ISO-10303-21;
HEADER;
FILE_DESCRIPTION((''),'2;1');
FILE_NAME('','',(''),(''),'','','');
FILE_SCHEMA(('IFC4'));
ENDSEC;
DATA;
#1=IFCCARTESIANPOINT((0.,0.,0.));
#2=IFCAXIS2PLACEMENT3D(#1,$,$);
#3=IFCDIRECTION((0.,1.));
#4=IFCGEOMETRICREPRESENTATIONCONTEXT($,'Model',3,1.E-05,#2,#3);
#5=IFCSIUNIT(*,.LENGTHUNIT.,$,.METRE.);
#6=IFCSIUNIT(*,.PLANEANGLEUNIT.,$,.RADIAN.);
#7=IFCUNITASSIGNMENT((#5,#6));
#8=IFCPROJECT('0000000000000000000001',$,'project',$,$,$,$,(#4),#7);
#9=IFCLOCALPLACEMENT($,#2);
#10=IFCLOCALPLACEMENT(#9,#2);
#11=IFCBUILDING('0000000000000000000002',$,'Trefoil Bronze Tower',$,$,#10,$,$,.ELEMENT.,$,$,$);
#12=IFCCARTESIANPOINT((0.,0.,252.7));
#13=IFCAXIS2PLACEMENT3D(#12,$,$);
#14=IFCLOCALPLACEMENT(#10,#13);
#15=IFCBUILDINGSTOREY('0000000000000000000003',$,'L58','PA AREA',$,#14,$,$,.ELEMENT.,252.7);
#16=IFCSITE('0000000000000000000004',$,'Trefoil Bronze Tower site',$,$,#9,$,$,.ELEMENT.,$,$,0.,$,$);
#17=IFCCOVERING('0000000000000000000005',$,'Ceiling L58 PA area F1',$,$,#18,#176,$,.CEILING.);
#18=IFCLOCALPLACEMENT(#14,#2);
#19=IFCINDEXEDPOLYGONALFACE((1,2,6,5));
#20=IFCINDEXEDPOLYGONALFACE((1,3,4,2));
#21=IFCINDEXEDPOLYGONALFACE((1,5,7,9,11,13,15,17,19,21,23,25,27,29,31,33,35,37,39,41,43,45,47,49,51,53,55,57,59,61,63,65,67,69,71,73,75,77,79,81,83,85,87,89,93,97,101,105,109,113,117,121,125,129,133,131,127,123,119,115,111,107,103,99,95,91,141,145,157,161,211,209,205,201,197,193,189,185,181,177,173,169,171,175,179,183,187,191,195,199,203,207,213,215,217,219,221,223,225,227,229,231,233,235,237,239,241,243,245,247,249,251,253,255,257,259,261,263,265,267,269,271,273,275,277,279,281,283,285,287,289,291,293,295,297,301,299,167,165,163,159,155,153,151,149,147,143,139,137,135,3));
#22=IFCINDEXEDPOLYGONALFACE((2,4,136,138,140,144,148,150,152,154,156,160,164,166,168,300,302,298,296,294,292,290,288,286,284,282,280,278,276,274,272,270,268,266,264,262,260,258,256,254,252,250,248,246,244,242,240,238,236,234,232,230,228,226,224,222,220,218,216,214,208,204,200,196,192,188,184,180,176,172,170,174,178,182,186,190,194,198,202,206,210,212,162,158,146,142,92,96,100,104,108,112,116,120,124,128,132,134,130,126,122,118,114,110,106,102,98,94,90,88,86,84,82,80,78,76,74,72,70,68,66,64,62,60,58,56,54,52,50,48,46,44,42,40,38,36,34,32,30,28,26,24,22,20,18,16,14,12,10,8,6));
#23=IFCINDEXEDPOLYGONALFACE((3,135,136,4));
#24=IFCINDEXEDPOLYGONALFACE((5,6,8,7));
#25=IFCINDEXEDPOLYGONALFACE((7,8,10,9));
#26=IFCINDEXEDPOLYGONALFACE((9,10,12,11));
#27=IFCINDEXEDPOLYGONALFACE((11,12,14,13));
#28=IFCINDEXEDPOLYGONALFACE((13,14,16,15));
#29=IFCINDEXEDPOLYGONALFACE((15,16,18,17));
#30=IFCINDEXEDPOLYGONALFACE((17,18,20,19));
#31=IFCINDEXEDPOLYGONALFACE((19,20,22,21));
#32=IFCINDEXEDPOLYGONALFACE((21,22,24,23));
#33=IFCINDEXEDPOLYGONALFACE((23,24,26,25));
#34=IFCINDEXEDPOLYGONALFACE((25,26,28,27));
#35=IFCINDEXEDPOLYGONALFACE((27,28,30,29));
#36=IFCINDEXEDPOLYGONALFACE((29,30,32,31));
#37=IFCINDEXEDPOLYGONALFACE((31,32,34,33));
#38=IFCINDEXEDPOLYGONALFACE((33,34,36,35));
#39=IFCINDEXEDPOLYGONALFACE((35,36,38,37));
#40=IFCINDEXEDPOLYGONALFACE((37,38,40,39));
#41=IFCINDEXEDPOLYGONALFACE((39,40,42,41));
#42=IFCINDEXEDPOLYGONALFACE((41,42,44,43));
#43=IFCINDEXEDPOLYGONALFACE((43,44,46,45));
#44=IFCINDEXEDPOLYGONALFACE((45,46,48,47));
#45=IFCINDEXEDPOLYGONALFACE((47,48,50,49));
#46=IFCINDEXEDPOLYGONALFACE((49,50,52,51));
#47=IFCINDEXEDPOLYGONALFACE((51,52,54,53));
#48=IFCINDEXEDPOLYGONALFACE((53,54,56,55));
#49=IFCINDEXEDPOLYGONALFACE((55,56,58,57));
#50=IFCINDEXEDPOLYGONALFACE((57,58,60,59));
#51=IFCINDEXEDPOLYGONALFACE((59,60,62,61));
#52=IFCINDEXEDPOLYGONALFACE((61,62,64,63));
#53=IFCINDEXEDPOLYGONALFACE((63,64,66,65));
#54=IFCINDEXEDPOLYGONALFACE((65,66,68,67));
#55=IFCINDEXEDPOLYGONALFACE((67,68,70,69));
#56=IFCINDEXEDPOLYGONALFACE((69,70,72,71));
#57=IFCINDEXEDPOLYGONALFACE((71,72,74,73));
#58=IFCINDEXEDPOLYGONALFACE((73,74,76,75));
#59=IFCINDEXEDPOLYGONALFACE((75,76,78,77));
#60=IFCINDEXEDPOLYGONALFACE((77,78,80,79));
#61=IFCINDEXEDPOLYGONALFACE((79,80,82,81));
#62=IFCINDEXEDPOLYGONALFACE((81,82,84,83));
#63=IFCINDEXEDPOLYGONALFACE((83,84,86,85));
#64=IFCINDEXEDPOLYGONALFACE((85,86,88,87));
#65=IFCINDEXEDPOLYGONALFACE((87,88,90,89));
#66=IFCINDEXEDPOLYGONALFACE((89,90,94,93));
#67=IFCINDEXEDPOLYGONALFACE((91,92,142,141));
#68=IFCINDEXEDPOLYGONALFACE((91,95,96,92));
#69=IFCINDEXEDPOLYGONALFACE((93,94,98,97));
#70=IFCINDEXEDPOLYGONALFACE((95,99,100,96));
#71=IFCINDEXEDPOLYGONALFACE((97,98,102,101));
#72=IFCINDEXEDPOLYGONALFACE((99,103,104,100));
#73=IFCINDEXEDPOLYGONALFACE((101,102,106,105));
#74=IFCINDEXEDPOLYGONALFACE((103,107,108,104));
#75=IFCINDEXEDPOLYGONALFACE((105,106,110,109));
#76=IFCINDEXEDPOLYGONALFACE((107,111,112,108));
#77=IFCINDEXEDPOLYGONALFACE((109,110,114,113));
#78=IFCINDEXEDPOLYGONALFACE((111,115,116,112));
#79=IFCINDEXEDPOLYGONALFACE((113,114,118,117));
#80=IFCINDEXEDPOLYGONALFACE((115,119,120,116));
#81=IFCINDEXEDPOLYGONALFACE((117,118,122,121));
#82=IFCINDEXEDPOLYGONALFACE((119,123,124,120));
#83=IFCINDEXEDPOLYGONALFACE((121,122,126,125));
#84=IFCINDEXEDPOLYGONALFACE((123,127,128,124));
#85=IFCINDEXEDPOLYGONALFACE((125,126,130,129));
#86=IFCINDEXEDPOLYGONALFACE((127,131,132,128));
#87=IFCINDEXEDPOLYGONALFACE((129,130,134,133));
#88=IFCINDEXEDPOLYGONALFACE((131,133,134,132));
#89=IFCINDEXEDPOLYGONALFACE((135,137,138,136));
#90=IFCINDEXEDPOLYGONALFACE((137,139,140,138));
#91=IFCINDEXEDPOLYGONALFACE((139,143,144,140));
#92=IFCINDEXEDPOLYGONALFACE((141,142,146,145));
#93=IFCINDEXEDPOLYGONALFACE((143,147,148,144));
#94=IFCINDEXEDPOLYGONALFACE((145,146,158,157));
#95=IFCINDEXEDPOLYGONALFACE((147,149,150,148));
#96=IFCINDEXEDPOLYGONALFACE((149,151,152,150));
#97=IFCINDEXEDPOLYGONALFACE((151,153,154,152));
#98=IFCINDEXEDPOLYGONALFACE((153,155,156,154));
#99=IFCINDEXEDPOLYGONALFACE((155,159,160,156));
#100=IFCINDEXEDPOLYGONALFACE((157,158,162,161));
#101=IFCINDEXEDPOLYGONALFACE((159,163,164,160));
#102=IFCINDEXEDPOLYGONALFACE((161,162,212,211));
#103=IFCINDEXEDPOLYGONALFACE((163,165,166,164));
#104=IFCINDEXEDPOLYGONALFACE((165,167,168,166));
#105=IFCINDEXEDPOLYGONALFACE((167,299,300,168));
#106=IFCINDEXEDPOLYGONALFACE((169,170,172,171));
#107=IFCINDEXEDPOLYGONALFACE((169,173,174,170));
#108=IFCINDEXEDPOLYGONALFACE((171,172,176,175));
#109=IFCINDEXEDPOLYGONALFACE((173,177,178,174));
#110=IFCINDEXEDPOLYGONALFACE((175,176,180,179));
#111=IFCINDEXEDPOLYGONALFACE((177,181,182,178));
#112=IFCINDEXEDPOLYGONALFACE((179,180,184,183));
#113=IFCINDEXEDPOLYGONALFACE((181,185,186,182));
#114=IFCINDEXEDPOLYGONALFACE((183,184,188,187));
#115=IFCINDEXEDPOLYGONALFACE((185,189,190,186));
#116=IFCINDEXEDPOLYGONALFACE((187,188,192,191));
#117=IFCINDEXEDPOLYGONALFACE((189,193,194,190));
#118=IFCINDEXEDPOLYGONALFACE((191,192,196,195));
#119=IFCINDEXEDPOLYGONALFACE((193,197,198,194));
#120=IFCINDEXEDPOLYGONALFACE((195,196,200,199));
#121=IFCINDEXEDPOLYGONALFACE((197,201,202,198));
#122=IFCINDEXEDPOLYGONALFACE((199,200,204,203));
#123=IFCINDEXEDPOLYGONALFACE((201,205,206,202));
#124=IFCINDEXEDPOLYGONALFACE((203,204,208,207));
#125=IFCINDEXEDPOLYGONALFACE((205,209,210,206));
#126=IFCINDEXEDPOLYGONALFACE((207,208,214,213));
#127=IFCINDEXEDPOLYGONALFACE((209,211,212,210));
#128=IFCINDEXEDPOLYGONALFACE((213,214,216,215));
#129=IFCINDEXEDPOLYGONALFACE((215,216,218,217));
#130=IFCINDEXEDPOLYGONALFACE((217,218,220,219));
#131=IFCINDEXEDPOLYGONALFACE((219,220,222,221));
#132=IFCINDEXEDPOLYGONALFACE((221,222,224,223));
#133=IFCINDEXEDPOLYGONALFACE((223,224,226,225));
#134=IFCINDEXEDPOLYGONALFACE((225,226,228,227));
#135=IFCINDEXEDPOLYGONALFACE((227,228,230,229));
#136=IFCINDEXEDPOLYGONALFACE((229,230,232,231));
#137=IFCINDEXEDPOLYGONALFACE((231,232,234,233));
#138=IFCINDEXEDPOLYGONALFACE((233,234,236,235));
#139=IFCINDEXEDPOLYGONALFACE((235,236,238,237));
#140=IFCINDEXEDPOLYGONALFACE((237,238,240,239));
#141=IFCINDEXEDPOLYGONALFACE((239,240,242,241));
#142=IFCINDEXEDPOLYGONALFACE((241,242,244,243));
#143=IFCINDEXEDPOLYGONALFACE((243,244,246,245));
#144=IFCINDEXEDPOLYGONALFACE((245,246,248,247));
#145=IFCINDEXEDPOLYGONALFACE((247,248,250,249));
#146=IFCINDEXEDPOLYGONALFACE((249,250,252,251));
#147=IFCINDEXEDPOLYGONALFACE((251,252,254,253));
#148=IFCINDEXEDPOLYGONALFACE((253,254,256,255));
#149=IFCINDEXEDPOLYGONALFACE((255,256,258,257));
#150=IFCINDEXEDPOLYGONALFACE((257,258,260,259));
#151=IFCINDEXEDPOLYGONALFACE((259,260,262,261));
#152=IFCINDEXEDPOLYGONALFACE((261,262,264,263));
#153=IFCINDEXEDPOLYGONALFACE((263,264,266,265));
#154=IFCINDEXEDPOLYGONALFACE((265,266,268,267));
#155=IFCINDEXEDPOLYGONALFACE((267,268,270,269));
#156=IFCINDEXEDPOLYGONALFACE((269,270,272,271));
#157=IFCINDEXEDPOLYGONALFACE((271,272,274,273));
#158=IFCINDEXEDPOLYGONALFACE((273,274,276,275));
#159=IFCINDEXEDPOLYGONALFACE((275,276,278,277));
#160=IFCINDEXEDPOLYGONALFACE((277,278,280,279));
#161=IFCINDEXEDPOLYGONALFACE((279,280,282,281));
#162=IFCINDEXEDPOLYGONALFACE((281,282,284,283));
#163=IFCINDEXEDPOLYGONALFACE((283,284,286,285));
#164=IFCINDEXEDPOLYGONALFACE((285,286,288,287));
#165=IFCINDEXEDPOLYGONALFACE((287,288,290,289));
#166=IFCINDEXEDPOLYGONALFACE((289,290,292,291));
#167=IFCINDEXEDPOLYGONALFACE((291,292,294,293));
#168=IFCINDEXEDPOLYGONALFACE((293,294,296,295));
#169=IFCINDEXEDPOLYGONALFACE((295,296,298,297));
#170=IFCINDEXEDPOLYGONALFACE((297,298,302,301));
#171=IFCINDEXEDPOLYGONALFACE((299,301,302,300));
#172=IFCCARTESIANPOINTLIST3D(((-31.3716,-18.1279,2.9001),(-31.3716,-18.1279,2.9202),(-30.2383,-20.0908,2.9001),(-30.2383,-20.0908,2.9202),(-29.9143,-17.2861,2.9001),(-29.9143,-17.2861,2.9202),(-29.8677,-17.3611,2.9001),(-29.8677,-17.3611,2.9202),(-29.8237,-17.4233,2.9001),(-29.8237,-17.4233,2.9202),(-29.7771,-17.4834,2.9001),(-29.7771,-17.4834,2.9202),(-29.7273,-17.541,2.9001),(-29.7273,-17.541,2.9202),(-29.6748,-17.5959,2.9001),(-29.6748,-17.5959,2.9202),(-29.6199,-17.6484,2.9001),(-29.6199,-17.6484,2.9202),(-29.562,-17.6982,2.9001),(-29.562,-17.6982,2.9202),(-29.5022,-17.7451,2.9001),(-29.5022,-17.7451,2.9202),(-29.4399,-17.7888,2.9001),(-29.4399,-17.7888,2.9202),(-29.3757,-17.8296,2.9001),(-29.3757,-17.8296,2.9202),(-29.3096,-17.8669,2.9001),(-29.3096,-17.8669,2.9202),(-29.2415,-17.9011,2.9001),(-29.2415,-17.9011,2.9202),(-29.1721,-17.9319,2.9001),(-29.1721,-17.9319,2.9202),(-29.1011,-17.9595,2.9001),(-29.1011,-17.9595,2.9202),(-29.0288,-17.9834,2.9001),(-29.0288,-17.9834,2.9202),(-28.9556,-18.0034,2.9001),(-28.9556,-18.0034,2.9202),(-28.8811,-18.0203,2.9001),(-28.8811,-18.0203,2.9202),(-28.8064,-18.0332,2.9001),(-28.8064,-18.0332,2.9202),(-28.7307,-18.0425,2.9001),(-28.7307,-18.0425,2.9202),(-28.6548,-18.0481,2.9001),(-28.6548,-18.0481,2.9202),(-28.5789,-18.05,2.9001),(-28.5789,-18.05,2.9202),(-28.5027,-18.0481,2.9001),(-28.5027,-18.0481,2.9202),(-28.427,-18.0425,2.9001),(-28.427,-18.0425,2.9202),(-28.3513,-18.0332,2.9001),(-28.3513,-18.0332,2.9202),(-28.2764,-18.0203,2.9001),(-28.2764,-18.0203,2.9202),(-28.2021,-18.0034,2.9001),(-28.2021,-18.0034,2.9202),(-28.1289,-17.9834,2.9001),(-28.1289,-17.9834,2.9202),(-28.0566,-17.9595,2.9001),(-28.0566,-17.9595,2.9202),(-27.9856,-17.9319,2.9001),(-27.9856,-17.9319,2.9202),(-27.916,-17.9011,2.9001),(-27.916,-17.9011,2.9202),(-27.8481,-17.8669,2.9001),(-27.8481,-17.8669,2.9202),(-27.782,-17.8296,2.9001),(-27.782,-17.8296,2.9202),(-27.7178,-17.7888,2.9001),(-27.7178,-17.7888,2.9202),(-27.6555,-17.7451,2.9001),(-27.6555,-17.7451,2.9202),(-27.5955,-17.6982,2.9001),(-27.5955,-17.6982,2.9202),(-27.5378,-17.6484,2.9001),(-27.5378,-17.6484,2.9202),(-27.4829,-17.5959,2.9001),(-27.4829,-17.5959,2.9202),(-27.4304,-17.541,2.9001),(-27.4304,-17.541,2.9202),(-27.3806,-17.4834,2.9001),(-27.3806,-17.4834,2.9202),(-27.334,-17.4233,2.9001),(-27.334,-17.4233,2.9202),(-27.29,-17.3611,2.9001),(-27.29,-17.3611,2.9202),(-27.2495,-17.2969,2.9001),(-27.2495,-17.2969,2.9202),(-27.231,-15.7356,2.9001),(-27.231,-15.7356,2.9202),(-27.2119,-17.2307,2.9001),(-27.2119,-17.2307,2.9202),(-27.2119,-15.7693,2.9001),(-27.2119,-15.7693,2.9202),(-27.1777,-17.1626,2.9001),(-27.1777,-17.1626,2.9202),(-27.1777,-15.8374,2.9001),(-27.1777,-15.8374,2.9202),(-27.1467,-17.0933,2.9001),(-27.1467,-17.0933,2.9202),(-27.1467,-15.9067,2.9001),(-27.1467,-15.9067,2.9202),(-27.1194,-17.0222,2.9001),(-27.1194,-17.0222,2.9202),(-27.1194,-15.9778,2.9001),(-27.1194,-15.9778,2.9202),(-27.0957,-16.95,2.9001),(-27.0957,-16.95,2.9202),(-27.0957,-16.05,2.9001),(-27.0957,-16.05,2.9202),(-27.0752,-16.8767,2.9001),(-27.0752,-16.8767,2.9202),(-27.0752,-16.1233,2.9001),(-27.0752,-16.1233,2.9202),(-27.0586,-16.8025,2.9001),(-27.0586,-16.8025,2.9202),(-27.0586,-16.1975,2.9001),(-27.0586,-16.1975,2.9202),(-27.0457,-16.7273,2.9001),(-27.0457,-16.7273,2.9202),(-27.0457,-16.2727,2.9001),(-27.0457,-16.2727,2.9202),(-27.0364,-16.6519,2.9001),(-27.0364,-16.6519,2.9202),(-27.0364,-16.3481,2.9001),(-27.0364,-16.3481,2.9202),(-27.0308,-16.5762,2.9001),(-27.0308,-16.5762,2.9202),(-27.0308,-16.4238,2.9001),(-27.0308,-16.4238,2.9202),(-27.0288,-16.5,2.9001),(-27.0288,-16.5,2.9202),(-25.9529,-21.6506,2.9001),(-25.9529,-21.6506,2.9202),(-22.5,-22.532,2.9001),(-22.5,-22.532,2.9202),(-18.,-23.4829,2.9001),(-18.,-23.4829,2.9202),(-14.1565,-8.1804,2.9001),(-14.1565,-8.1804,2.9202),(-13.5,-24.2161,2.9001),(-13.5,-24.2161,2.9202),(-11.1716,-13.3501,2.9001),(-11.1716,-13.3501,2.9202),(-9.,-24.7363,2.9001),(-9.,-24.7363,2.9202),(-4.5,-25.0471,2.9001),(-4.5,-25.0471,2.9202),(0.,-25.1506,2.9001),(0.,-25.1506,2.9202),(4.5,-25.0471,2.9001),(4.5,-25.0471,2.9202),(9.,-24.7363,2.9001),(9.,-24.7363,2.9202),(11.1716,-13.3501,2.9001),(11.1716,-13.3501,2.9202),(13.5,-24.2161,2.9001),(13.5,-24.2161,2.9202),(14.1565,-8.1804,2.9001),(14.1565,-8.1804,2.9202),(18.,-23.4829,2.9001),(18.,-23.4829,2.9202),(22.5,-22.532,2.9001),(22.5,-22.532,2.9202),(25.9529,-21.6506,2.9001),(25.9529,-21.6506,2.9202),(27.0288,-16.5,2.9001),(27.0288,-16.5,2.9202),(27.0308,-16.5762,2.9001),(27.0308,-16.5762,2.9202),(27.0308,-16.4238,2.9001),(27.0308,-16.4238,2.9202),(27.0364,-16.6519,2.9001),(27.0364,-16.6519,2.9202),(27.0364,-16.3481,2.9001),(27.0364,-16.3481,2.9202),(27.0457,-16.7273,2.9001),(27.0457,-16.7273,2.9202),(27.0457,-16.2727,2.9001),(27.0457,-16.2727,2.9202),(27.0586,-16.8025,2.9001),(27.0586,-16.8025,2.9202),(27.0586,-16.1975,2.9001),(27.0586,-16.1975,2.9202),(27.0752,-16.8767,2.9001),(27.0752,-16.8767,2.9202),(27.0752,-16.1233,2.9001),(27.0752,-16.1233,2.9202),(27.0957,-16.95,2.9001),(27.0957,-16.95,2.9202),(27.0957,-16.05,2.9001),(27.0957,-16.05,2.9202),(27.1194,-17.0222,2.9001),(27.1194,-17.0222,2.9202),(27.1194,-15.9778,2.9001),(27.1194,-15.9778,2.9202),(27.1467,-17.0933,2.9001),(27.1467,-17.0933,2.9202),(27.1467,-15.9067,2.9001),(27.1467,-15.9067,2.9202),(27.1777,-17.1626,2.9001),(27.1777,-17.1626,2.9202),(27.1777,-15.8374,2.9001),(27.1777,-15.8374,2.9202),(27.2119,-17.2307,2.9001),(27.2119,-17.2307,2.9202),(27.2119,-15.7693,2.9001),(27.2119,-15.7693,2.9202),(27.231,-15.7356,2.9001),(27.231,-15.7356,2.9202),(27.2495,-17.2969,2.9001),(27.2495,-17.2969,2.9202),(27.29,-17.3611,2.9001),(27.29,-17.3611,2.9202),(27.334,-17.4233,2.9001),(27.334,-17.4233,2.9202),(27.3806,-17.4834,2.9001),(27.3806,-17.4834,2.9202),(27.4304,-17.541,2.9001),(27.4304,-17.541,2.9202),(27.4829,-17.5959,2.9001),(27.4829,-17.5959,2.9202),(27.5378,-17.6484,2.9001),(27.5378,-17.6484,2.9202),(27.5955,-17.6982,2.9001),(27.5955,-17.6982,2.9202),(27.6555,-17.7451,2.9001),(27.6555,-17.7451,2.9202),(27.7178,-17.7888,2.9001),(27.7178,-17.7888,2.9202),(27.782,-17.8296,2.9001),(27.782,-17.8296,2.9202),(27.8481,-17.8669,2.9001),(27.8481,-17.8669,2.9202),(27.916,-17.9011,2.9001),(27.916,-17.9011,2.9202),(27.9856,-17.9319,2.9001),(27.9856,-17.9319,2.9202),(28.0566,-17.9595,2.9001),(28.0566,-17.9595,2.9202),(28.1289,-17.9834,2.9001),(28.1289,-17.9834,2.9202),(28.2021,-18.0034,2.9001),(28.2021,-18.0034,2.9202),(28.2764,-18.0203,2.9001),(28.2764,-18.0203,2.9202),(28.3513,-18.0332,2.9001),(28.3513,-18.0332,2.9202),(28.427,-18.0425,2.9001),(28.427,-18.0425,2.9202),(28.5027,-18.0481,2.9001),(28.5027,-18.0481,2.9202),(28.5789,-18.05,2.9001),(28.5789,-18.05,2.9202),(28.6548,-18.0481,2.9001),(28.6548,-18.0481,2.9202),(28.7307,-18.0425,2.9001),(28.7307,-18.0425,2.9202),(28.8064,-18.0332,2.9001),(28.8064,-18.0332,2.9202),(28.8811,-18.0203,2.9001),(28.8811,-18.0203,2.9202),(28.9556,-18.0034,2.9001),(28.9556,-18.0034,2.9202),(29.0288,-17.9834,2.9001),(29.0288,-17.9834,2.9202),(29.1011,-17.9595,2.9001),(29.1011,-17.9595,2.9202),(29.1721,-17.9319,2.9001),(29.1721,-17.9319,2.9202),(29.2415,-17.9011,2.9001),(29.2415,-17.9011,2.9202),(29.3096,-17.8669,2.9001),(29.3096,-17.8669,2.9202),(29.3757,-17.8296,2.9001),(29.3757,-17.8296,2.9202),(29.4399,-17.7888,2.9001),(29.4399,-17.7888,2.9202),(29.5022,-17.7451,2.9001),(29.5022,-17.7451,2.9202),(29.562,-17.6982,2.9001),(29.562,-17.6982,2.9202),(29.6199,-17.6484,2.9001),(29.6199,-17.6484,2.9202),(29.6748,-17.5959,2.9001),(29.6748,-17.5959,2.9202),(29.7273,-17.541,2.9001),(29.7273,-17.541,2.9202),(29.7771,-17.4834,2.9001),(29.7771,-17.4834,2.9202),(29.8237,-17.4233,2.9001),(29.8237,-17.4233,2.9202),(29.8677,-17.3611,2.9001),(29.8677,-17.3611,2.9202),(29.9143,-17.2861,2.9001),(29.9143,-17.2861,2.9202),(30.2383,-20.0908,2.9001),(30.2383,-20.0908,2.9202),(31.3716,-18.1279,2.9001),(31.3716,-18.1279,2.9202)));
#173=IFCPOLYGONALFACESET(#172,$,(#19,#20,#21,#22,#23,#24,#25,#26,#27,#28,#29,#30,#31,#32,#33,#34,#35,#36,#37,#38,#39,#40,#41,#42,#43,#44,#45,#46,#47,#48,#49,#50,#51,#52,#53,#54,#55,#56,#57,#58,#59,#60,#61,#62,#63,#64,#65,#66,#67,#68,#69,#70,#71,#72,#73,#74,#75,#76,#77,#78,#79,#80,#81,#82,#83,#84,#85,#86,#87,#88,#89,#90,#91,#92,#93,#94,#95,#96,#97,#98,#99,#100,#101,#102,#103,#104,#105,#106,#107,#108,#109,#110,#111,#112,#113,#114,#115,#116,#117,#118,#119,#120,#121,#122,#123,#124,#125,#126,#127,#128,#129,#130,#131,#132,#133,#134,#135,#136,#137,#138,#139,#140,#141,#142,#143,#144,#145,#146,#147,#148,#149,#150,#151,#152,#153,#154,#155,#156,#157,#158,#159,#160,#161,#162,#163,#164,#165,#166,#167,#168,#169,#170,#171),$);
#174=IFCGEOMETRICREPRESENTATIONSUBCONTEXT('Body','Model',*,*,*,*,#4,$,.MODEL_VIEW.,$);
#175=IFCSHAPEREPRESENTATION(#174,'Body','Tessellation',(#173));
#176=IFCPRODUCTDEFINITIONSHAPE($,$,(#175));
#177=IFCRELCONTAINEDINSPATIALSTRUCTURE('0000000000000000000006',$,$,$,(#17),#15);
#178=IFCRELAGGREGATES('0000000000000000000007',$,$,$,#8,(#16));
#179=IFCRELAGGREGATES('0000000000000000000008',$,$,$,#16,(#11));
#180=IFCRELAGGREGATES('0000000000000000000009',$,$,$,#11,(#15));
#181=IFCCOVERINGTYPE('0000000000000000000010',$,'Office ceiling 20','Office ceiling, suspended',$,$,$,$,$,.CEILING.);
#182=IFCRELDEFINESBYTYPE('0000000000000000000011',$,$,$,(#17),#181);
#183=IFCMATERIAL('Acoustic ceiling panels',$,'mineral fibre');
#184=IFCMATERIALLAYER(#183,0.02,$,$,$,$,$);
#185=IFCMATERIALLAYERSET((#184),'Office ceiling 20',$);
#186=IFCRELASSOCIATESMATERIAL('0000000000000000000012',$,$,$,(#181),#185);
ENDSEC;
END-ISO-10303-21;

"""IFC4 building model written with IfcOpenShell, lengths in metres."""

from ifc_helpers import new_model, si_unit, direction, frame, origin, place, context, subcontext, project, spatial, polyline, outline, extrude, material, layer, layer_set, type_object, element, save


model = new_model("IFC4")

# Units and contexts
model_context = context("Model", 3, precision=1e-05, world=origin(), true_north=direction((0.0, 1.0)))
body_context = subcontext(model_context, "Body", "Model", "MODEL_VIEW")
ifc_project = project(units=[si_unit("LENGTHUNIT", "METRE"), si_unit("PLANEANGLEUNIT", "RADIAN")], contexts=[model_context])

# Site, building, storey
site_placement = place(None, origin())
site = spatial("IfcSite", under=ifc_project, at=site_placement, Name="Trefoil Bronze Tower site", CompositionType="ELEMENT", RefElevation=0.0)
building_placement = place(site_placement, origin())
building = spatial("IfcBuilding", under=site, at=building_placement, Name="Trefoil Bronze Tower", CompositionType="ELEMENT")
storey_placement = place(building_placement, frame((0.0, 0.0, 252.7)))
storey = spatial("IfcBuildingStorey", under=building, at=storey_placement, Name="L58", Description="PA AREA", CompositionType="ELEMENT", Elevation=252.7)

# Covering
ifc_material_1 = material(Name="Acoustic ceiling panels", Category="mineral fibre")
ifc_layer_1 = layer(ifc_material_1, 0.02)
ifc_layer_set_1 = layer_set([ifc_layer_1], Name="Office ceiling 20")
covering_type_1 = type_object("IfcCoveringType", Name="Office ceiling 20", Description="Office ceiling, suspended", PredefinedType="CEILING", material=ifc_layer_set_1)
covering_1_placement = place(storey_placement, frame((0.0, 0.0, 2.9001)))
element("IfcCovering", 1, at=covering_1_placement, inside=storey, type_object=covering_type_1, Name="Ceiling L58 PA area F1", PredefinedType="CEILING", context=body_context, shape_type="SweptSolid", body=[
    extrude(outline(polyline([(-29.8677, -17.3611), (-29.8237, -17.4233), (-29.7771, -17.4834), (-29.7273, -17.541), (-29.6748, -17.5959), (-29.6199, -17.6484), (-29.562, -17.6982), (-29.5022, -17.7451), (-29.4399, -17.7888), (-29.3757, -17.8296), (-29.3096, -17.8669), (-29.2415, -17.9011), (-29.1721, -17.9319), (-29.1011, -17.9595), (-29.0288, -17.9834), (-28.9556, -18.0034), (-28.8811, -18.0203), (-28.8064, -18.0332), (-28.7307, -18.0425), (-28.6548, -18.0481), (-28.5789, -18.05), (-28.5027, -18.0481), (-28.427, -18.0425), (-28.3513, -18.0332), (-28.2764, -18.0203), (-28.2021, -18.0034), (-28.1289, -17.9834), (-28.0566, -17.9595), (-27.9856, -17.9319), (-27.916, -17.9011), (-27.8481, -17.8669), (-27.782, -17.8296), (-27.7178, -17.7888), (-27.6555, -17.7451), (-27.5955, -17.6982), (-27.5378, -17.6484), (-27.4829, -17.5959), (-27.4304, -17.541), (-27.3806, -17.4834), (-27.334, -17.4233), (-27.29, -17.3611), (-27.2495, -17.2969), (-27.2119, -17.2307), (-27.1777, -17.1626), (-27.1467, -17.0933), (-27.1194, -17.0222), (-27.0957, -16.95), (-27.0752, -16.8767), (-27.0586, -16.8025), (-27.0457, -16.7273), (-27.0364, -16.6519), (-27.0308, -16.5762), (-27.0288, -16.5), (-27.0308, -16.4238), (-27.0364, -16.3481), (-27.0457, -16.2727), (-27.0586, -16.1975), (-27.0752, -16.1233), (-27.0957, -16.05), (-27.1194, -15.9778), (-27.1467, -15.9067), (-27.1777, -15.8374), (-27.2119, -15.7693), (-27.231, -15.7356), (-14.1565, -8.1804), (-11.1716, -13.3501), (11.1716, -13.3501), (14.1565, -8.1804), (27.231, -15.7356), (27.2119, -15.7693), (27.1777, -15.8374), (27.1467, -15.9067), (27.1194, -15.9778), (27.0957, -16.05), (27.0752, -16.1233), (27.0586, -16.1975), (27.0457, -16.2727), (27.0364, -16.3481), (27.0308, -16.4238), (27.0288, -16.5), (27.0308, -16.5762), (27.0364, -16.6519), (27.0457, -16.7273), (27.0586, -16.8025), (27.0752, -16.8767), (27.0957, -16.95), (27.1194, -17.0222), (27.1467, -17.0933), (27.1777, -17.1626), (27.2119, -17.2307), (27.2495, -17.2969), (27.29, -17.3611), (27.334, -17.4233), (27.3806, -17.4834), (27.4304, -17.541), (27.4829, -17.5959), (27.5378, -17.6484), (27.5955, -17.6982), (27.6555, -17.7451), (27.7178, -17.7888), (27.782, -17.8296), (27.8481, -17.8669), (27.916, -17.9011), (27.9856, -17.9319), (28.0566, -17.9595), (28.1289, -17.9834), (28.2021, -18.0034), (28.2764, -18.0203), (28.3513, -18.0332), (28.427, -18.0425), (28.5027, -18.0481), (28.5789, -18.05), (28.6548, -18.0481), (28.7307, -18.0425), (28.8064, -18.0332), (28.8811, -18.0203), (28.9556, -18.0034), (29.0288, -17.9834), (29.1011, -17.9595), (29.1721, -17.9319), (29.2415, -17.9011), (29.3096, -17.8669), (29.3757, -17.8296), (29.4399, -17.7888), (29.5022, -17.7451), (29.562, -17.6982), (29.6199, -17.6484), (29.6748, -17.5959), (29.7273, -17.541), (29.7771, -17.4834), (29.8237, -17.4233), (29.8677, -17.3611), (29.9143, -17.2861), (31.3716, -18.1279), (30.2383, -20.0908), (25.9529, -21.6506), (22.5, -22.532), (18.0, -23.4829), (13.5, -24.2161), (9.0, -24.7363), (4.5, -25.0471), (0.0, -25.1506), (-4.5, -25.0471), (-9.0, -24.7363), (-13.5, -24.2161), (-18.0, -23.4829), (-22.5, -22.532), (-25.9529, -21.6506), (-30.2383, -20.0908), (-31.3716, -18.1279), (-29.9143, -17.2861), (-29.8677, -17.3611)])), origin(), (0.0, 0.0, 1.0), 0.02),
])

save(model, "model.ifc")
